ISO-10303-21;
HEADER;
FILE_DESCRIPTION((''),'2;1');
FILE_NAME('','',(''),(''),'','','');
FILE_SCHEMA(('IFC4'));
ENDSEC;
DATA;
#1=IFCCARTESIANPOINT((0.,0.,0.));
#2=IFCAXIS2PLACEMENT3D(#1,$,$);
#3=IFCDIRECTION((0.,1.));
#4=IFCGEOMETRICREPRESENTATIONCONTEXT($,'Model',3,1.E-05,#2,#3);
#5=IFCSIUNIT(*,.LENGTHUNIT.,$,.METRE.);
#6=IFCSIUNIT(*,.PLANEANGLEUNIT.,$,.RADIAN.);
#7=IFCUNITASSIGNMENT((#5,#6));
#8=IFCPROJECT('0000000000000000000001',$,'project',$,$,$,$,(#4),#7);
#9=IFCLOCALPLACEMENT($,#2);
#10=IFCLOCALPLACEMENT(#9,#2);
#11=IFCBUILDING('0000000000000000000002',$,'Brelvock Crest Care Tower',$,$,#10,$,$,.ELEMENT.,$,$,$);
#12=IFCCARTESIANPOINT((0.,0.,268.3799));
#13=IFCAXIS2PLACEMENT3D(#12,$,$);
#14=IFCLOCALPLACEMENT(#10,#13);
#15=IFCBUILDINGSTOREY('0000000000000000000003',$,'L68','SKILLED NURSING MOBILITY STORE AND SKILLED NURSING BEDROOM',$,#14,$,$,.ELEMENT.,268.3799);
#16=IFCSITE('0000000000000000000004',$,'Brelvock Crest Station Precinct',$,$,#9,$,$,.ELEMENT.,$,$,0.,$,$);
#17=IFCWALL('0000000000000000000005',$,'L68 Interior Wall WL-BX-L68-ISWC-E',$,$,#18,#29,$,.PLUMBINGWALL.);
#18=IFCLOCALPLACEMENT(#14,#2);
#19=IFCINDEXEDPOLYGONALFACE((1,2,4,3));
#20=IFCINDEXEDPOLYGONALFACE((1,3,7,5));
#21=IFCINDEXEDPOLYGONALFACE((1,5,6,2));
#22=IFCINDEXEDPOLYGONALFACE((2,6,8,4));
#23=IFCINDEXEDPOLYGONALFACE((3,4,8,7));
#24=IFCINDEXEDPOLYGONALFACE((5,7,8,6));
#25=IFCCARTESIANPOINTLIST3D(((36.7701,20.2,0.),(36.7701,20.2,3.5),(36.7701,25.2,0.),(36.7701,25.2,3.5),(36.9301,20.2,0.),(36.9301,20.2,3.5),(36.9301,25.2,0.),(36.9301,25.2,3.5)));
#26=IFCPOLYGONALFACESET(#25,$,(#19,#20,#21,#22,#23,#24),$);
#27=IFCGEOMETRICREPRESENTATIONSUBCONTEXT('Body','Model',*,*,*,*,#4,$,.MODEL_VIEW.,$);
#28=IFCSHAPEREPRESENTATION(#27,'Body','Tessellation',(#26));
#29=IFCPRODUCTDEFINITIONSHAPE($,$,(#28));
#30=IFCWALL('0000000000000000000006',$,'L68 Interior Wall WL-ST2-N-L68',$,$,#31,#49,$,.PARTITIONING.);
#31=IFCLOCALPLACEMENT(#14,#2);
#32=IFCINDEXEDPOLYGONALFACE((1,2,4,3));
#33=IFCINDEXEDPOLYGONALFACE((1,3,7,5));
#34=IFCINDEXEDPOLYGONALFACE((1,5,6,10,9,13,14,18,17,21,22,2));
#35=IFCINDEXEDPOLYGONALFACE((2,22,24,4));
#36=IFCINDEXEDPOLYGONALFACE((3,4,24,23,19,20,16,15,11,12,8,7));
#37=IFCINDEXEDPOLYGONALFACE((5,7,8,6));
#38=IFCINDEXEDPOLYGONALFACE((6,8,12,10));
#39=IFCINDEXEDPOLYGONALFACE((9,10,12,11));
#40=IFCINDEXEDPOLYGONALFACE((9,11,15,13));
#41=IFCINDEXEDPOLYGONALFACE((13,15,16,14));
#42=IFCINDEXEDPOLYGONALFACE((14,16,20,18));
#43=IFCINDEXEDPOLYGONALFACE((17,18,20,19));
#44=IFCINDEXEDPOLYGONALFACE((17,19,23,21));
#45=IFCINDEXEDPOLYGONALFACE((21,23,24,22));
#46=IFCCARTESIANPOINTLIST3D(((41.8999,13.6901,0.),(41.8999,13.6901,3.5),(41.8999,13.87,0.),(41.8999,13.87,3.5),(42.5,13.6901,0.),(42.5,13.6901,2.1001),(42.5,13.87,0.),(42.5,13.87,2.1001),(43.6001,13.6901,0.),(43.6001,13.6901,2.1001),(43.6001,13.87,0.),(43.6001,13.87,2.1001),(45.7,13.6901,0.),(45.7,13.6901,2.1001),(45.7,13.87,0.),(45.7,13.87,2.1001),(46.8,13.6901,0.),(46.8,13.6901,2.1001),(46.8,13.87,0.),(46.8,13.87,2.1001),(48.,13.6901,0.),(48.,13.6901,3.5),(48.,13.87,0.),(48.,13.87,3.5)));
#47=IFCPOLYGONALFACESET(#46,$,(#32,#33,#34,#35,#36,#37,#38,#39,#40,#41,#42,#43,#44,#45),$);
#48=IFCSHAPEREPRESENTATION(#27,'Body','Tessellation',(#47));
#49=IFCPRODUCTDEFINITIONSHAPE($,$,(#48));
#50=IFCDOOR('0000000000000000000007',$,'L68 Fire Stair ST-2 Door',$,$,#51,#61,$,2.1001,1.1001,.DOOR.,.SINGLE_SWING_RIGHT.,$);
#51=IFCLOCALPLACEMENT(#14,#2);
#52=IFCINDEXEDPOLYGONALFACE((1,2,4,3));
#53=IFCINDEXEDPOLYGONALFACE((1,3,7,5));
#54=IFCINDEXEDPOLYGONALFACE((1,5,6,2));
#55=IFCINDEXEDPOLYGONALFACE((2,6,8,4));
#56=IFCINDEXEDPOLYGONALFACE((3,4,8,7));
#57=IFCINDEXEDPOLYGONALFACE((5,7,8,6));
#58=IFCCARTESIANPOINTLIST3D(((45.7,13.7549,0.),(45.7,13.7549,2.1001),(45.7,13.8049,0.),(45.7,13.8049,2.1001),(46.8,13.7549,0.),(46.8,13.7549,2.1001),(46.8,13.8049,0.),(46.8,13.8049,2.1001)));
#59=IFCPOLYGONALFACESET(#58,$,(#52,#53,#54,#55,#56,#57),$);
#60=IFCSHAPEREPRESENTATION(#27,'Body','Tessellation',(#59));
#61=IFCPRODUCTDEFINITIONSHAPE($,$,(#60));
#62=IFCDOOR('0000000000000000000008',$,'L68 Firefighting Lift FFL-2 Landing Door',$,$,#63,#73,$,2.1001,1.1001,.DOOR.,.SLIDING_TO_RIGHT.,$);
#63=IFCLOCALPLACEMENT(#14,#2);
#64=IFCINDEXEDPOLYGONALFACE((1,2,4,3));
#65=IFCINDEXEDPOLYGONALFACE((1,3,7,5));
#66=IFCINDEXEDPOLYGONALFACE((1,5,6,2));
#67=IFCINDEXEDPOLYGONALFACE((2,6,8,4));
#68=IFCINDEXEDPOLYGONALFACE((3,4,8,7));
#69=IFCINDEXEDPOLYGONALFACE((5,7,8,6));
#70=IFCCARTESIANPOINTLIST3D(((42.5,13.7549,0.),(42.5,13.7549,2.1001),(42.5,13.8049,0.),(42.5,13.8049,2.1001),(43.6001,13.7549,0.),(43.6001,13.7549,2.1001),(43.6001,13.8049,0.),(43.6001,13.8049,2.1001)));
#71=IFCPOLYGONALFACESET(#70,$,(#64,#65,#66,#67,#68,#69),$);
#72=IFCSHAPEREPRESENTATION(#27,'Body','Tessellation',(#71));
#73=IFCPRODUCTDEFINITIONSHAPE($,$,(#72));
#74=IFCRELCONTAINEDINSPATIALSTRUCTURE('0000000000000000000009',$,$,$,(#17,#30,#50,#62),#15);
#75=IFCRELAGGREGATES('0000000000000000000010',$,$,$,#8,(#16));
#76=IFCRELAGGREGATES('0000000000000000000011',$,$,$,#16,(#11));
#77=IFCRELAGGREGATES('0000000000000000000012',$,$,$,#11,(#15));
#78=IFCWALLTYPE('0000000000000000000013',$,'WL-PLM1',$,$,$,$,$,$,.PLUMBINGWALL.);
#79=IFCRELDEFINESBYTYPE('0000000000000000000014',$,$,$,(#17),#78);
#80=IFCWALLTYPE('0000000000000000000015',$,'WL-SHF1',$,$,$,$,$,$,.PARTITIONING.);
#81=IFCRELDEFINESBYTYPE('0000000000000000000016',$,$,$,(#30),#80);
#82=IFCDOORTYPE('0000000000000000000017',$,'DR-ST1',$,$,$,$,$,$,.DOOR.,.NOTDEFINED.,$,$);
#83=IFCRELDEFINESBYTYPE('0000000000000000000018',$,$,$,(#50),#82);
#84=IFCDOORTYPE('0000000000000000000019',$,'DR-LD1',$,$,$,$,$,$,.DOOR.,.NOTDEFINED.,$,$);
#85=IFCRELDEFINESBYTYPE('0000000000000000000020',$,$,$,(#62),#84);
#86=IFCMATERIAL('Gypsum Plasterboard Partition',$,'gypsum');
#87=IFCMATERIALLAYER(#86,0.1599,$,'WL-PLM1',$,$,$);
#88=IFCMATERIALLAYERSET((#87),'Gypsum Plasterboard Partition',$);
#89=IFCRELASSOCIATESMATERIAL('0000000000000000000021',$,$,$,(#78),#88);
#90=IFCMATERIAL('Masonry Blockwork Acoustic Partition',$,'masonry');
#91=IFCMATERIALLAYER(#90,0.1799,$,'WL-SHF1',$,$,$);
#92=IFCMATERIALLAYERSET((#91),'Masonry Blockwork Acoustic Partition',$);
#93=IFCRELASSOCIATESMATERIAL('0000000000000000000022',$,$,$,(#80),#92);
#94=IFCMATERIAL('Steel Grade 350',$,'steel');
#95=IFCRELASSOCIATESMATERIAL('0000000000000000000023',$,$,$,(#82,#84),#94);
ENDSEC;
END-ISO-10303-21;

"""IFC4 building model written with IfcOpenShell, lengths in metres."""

from ifc_helpers import new_model, si_unit, direction, frame, frame_2d, origin, origin_2d, place, context, subcontext, project, spatial, rectangle, extrude, source, transform, mapped, material, layer, layer_set, type_object, element, fill, save


model = new_model("IFC4")

# Units and contexts
model_context = context("Model", 3, precision=1e-05, world=origin(), true_north=direction((0.0, 1.0)))
body_context = subcontext(model_context, "Body", "Model", "MODEL_VIEW")
ifc_project = project(units=[si_unit("LENGTHUNIT", "METRE"), si_unit("PLANEANGLEUNIT", "RADIAN")], contexts=[model_context])

# Site, building, storey
site_placement = place(None, origin())
site = spatial("IfcSite", under=ifc_project, at=site_placement, Name="Brelvock Crest Station Precinct", CompositionType="ELEMENT", RefElevation=0.0)
building_placement = place(site_placement, origin())
building = spatial("IfcBuilding", under=site, at=building_placement, Name="Brelvock Crest Care Tower", CompositionType="ELEMENT")
storey_placement = place(building_placement, frame((0.0, 0.0, 268.3799)))
storey = spatial("IfcBuildingStorey", under=building, at=storey_placement, Name="L68", Description="SKILLED NURSING MOBILITY STORE AND SKILLED NURSING BEDROOM", CompositionType="ELEMENT", Elevation=268.3799)

# Shared definitions
ifc_material_1 = material(Name="Steel Grade 350", Category="steel")

# Shared definitions
ifc_material_2 = material(Name="Masonry Blockwork Acoustic Partition", Category="masonry")

# Shared definitions
ifc_material_3 = material(Name="Gypsum Plasterboard Partition", Category="gypsum")
ifc_layer_1 = layer(ifc_material_3, 0.1599, Name="WL-PLM1")
ifc_layer_set_1 = layer_set([ifc_layer_1], Name="Gypsum Plasterboard Partition")
wall_type_1 = type_object("IfcWallType", Name="WL-PLM1", PredefinedType="PLUMBINGWALL", material=ifc_layer_set_1)

# Wall
wall_1_placement = place(storey_placement, frame((36.8501, 20.2, 0.0), z_axis=(0.0, 0.0, 1.0), x_axis=(0.0, 1.0, 0.0)))
element("IfcWall", 1, at=wall_1_placement, inside=storey, type_object=wall_type_1, Name="L68 Interior Wall WL-BX-L68-ISWC-E", PredefinedType="PLUMBINGWALL", context=body_context, shape_type="SweptSolid", body=[
    extrude(rectangle(XDim=5.0, YDim=0.1599, at=frame_2d((2.5, 0.0))), origin(), (0.0, 0.0, 1.0), 3.5),
])

# Wall, openings, doors
ifc_layer_2 = layer(ifc_material_2, 0.1799, Name="WL-SHF1")
ifc_layer_set_2 = layer_set([ifc_layer_2], Name="Masonry Blockwork Acoustic Partition")
wall_type_2 = type_object("IfcWallType", Name="WL-SHF1", PredefinedType="PARTITIONING", material=ifc_layer_set_2)
wall_2_placement = place(storey_placement, frame((41.8999, 13.78, 0.0), z_axis=(0.0, 0.0, 1.0), x_axis=(1.0, 0.0, 0.0)))
wall_2 = element("IfcWall", 2, at=wall_2_placement, inside=storey, type_object=wall_type_2, Name="L68 Interior Wall WL-ST2-N-L68", PredefinedType="PARTITIONING", context=body_context, shape_type="SweptSolid", body=[
    extrude(rectangle(XDim=6.1001, YDim=0.1799, at=frame_2d((3.05, 0.0))), origin(), (0.0, 0.0, 1.0), 3.5),
])
opening_1_placement = place(wall_2_placement, frame((0.6001, 0.0, 0.0)))
opening_1 = element("IfcOpeningElement", 3, at=opening_1_placement, cuts=wall_2, PredefinedType="OPENING", context=body_context, shape_type="SweptSolid", body=[
    extrude(rectangle(XDim=1.1001, YDim=2.1001, at=origin_2d()), frame((0.55, 0.1001, 1.05), z_axis=(0.0, -1.0, 0.0), x_axis=(1.0, 0.0, 0.0)), (0.0, 0.0, 1.0), 0.2),
])
opening_2_placement = place(wall_2_placement, frame((3.8, 0.0, 0.0)))
opening_2 = element("IfcOpeningElement", 4, at=opening_2_placement, cuts=wall_2, PredefinedType="OPENING", context=body_context, shape_type="SweptSolid", body=[
    extrude(rectangle(XDim=1.1001, YDim=2.1001, at=origin_2d()), frame((0.55, 0.1001, 1.05), z_axis=(0.0, -1.0, 0.0), x_axis=(1.0, 0.0, 0.0)), (0.0, 0.0, 1.0), 0.2),
])
door_type_1 = type_object("IfcDoorType", Name="DR-ST1", OperationType="NOTDEFINED", PredefinedType="DOOR", material=ifc_material_1)
shared_shape_1 = source(origin(), body_context, "Body", "SweptSolid", [
    extrude(rectangle(XDim=1.1001, YDim=2.1001, at=origin_2d()), frame((0.55, 0.0249, 1.05), z_axis=(0.0, -1.0, 0.0), x_axis=(1.0, 0.0, 0.0)), (0.0, 0.0, 1.0), 0.05),
])
door_1_placement = place(opening_2_placement, origin())
door_1 = element("IfcDoor", 5, at=door_1_placement, inside=storey, type_object=door_type_1, Name="L68 Fire Stair ST-2 Door", OperationType="SINGLE_SWING_RIGHT", OverallHeight=2.1001, OverallWidth=1.1001, PredefinedType="DOOR", context=body_context, shape_type="MappedRepresentation", body=[
    mapped(shared_shape_1, transform((0.0, 0.0, 0.0), x_axis=(1.0, 0.0, 0.0), y_axis=(0.0, 1.0, 0.0), z_axis=(0.0, 0.0, 1.0), scale=1.0)),
])
fill(opening_2, door_1)
door_type_2 = type_object("IfcDoorType", Name="DR-LD1", OperationType="NOTDEFINED", PredefinedType="DOOR", material=ifc_material_1)
shared_shape_2 = source(origin(), body_context, "Body", "SweptSolid", [
    extrude(rectangle(XDim=1.1001, YDim=2.1001, at=origin_2d()), frame((0.55, 0.0249, 1.05), z_axis=(0.0, -1.0, 0.0), x_axis=(1.0, 0.0, 0.0)), (0.0, 0.0, 1.0), 0.05),
])
door_2_placement = place(opening_1_placement, origin())
door_2 = element("IfcDoor", 6, at=door_2_placement, inside=storey, type_object=door_type_2, Name="L68 Firefighting Lift FFL-2 Landing Door", OperationType="SLIDING_TO_RIGHT", OverallHeight=2.1001, OverallWidth=1.1001, PredefinedType="DOOR", context=body_context, shape_type="MappedRepresentation", body=[
    mapped(shared_shape_2, transform((0.0, 0.0, 0.0), x_axis=(1.0, 0.0, 0.0), y_axis=(0.0, 1.0, 0.0), z_axis=(0.0, 0.0, 1.0), scale=1.0)),
])
fill(opening_1, door_2)

save(model, "model.ifc")
